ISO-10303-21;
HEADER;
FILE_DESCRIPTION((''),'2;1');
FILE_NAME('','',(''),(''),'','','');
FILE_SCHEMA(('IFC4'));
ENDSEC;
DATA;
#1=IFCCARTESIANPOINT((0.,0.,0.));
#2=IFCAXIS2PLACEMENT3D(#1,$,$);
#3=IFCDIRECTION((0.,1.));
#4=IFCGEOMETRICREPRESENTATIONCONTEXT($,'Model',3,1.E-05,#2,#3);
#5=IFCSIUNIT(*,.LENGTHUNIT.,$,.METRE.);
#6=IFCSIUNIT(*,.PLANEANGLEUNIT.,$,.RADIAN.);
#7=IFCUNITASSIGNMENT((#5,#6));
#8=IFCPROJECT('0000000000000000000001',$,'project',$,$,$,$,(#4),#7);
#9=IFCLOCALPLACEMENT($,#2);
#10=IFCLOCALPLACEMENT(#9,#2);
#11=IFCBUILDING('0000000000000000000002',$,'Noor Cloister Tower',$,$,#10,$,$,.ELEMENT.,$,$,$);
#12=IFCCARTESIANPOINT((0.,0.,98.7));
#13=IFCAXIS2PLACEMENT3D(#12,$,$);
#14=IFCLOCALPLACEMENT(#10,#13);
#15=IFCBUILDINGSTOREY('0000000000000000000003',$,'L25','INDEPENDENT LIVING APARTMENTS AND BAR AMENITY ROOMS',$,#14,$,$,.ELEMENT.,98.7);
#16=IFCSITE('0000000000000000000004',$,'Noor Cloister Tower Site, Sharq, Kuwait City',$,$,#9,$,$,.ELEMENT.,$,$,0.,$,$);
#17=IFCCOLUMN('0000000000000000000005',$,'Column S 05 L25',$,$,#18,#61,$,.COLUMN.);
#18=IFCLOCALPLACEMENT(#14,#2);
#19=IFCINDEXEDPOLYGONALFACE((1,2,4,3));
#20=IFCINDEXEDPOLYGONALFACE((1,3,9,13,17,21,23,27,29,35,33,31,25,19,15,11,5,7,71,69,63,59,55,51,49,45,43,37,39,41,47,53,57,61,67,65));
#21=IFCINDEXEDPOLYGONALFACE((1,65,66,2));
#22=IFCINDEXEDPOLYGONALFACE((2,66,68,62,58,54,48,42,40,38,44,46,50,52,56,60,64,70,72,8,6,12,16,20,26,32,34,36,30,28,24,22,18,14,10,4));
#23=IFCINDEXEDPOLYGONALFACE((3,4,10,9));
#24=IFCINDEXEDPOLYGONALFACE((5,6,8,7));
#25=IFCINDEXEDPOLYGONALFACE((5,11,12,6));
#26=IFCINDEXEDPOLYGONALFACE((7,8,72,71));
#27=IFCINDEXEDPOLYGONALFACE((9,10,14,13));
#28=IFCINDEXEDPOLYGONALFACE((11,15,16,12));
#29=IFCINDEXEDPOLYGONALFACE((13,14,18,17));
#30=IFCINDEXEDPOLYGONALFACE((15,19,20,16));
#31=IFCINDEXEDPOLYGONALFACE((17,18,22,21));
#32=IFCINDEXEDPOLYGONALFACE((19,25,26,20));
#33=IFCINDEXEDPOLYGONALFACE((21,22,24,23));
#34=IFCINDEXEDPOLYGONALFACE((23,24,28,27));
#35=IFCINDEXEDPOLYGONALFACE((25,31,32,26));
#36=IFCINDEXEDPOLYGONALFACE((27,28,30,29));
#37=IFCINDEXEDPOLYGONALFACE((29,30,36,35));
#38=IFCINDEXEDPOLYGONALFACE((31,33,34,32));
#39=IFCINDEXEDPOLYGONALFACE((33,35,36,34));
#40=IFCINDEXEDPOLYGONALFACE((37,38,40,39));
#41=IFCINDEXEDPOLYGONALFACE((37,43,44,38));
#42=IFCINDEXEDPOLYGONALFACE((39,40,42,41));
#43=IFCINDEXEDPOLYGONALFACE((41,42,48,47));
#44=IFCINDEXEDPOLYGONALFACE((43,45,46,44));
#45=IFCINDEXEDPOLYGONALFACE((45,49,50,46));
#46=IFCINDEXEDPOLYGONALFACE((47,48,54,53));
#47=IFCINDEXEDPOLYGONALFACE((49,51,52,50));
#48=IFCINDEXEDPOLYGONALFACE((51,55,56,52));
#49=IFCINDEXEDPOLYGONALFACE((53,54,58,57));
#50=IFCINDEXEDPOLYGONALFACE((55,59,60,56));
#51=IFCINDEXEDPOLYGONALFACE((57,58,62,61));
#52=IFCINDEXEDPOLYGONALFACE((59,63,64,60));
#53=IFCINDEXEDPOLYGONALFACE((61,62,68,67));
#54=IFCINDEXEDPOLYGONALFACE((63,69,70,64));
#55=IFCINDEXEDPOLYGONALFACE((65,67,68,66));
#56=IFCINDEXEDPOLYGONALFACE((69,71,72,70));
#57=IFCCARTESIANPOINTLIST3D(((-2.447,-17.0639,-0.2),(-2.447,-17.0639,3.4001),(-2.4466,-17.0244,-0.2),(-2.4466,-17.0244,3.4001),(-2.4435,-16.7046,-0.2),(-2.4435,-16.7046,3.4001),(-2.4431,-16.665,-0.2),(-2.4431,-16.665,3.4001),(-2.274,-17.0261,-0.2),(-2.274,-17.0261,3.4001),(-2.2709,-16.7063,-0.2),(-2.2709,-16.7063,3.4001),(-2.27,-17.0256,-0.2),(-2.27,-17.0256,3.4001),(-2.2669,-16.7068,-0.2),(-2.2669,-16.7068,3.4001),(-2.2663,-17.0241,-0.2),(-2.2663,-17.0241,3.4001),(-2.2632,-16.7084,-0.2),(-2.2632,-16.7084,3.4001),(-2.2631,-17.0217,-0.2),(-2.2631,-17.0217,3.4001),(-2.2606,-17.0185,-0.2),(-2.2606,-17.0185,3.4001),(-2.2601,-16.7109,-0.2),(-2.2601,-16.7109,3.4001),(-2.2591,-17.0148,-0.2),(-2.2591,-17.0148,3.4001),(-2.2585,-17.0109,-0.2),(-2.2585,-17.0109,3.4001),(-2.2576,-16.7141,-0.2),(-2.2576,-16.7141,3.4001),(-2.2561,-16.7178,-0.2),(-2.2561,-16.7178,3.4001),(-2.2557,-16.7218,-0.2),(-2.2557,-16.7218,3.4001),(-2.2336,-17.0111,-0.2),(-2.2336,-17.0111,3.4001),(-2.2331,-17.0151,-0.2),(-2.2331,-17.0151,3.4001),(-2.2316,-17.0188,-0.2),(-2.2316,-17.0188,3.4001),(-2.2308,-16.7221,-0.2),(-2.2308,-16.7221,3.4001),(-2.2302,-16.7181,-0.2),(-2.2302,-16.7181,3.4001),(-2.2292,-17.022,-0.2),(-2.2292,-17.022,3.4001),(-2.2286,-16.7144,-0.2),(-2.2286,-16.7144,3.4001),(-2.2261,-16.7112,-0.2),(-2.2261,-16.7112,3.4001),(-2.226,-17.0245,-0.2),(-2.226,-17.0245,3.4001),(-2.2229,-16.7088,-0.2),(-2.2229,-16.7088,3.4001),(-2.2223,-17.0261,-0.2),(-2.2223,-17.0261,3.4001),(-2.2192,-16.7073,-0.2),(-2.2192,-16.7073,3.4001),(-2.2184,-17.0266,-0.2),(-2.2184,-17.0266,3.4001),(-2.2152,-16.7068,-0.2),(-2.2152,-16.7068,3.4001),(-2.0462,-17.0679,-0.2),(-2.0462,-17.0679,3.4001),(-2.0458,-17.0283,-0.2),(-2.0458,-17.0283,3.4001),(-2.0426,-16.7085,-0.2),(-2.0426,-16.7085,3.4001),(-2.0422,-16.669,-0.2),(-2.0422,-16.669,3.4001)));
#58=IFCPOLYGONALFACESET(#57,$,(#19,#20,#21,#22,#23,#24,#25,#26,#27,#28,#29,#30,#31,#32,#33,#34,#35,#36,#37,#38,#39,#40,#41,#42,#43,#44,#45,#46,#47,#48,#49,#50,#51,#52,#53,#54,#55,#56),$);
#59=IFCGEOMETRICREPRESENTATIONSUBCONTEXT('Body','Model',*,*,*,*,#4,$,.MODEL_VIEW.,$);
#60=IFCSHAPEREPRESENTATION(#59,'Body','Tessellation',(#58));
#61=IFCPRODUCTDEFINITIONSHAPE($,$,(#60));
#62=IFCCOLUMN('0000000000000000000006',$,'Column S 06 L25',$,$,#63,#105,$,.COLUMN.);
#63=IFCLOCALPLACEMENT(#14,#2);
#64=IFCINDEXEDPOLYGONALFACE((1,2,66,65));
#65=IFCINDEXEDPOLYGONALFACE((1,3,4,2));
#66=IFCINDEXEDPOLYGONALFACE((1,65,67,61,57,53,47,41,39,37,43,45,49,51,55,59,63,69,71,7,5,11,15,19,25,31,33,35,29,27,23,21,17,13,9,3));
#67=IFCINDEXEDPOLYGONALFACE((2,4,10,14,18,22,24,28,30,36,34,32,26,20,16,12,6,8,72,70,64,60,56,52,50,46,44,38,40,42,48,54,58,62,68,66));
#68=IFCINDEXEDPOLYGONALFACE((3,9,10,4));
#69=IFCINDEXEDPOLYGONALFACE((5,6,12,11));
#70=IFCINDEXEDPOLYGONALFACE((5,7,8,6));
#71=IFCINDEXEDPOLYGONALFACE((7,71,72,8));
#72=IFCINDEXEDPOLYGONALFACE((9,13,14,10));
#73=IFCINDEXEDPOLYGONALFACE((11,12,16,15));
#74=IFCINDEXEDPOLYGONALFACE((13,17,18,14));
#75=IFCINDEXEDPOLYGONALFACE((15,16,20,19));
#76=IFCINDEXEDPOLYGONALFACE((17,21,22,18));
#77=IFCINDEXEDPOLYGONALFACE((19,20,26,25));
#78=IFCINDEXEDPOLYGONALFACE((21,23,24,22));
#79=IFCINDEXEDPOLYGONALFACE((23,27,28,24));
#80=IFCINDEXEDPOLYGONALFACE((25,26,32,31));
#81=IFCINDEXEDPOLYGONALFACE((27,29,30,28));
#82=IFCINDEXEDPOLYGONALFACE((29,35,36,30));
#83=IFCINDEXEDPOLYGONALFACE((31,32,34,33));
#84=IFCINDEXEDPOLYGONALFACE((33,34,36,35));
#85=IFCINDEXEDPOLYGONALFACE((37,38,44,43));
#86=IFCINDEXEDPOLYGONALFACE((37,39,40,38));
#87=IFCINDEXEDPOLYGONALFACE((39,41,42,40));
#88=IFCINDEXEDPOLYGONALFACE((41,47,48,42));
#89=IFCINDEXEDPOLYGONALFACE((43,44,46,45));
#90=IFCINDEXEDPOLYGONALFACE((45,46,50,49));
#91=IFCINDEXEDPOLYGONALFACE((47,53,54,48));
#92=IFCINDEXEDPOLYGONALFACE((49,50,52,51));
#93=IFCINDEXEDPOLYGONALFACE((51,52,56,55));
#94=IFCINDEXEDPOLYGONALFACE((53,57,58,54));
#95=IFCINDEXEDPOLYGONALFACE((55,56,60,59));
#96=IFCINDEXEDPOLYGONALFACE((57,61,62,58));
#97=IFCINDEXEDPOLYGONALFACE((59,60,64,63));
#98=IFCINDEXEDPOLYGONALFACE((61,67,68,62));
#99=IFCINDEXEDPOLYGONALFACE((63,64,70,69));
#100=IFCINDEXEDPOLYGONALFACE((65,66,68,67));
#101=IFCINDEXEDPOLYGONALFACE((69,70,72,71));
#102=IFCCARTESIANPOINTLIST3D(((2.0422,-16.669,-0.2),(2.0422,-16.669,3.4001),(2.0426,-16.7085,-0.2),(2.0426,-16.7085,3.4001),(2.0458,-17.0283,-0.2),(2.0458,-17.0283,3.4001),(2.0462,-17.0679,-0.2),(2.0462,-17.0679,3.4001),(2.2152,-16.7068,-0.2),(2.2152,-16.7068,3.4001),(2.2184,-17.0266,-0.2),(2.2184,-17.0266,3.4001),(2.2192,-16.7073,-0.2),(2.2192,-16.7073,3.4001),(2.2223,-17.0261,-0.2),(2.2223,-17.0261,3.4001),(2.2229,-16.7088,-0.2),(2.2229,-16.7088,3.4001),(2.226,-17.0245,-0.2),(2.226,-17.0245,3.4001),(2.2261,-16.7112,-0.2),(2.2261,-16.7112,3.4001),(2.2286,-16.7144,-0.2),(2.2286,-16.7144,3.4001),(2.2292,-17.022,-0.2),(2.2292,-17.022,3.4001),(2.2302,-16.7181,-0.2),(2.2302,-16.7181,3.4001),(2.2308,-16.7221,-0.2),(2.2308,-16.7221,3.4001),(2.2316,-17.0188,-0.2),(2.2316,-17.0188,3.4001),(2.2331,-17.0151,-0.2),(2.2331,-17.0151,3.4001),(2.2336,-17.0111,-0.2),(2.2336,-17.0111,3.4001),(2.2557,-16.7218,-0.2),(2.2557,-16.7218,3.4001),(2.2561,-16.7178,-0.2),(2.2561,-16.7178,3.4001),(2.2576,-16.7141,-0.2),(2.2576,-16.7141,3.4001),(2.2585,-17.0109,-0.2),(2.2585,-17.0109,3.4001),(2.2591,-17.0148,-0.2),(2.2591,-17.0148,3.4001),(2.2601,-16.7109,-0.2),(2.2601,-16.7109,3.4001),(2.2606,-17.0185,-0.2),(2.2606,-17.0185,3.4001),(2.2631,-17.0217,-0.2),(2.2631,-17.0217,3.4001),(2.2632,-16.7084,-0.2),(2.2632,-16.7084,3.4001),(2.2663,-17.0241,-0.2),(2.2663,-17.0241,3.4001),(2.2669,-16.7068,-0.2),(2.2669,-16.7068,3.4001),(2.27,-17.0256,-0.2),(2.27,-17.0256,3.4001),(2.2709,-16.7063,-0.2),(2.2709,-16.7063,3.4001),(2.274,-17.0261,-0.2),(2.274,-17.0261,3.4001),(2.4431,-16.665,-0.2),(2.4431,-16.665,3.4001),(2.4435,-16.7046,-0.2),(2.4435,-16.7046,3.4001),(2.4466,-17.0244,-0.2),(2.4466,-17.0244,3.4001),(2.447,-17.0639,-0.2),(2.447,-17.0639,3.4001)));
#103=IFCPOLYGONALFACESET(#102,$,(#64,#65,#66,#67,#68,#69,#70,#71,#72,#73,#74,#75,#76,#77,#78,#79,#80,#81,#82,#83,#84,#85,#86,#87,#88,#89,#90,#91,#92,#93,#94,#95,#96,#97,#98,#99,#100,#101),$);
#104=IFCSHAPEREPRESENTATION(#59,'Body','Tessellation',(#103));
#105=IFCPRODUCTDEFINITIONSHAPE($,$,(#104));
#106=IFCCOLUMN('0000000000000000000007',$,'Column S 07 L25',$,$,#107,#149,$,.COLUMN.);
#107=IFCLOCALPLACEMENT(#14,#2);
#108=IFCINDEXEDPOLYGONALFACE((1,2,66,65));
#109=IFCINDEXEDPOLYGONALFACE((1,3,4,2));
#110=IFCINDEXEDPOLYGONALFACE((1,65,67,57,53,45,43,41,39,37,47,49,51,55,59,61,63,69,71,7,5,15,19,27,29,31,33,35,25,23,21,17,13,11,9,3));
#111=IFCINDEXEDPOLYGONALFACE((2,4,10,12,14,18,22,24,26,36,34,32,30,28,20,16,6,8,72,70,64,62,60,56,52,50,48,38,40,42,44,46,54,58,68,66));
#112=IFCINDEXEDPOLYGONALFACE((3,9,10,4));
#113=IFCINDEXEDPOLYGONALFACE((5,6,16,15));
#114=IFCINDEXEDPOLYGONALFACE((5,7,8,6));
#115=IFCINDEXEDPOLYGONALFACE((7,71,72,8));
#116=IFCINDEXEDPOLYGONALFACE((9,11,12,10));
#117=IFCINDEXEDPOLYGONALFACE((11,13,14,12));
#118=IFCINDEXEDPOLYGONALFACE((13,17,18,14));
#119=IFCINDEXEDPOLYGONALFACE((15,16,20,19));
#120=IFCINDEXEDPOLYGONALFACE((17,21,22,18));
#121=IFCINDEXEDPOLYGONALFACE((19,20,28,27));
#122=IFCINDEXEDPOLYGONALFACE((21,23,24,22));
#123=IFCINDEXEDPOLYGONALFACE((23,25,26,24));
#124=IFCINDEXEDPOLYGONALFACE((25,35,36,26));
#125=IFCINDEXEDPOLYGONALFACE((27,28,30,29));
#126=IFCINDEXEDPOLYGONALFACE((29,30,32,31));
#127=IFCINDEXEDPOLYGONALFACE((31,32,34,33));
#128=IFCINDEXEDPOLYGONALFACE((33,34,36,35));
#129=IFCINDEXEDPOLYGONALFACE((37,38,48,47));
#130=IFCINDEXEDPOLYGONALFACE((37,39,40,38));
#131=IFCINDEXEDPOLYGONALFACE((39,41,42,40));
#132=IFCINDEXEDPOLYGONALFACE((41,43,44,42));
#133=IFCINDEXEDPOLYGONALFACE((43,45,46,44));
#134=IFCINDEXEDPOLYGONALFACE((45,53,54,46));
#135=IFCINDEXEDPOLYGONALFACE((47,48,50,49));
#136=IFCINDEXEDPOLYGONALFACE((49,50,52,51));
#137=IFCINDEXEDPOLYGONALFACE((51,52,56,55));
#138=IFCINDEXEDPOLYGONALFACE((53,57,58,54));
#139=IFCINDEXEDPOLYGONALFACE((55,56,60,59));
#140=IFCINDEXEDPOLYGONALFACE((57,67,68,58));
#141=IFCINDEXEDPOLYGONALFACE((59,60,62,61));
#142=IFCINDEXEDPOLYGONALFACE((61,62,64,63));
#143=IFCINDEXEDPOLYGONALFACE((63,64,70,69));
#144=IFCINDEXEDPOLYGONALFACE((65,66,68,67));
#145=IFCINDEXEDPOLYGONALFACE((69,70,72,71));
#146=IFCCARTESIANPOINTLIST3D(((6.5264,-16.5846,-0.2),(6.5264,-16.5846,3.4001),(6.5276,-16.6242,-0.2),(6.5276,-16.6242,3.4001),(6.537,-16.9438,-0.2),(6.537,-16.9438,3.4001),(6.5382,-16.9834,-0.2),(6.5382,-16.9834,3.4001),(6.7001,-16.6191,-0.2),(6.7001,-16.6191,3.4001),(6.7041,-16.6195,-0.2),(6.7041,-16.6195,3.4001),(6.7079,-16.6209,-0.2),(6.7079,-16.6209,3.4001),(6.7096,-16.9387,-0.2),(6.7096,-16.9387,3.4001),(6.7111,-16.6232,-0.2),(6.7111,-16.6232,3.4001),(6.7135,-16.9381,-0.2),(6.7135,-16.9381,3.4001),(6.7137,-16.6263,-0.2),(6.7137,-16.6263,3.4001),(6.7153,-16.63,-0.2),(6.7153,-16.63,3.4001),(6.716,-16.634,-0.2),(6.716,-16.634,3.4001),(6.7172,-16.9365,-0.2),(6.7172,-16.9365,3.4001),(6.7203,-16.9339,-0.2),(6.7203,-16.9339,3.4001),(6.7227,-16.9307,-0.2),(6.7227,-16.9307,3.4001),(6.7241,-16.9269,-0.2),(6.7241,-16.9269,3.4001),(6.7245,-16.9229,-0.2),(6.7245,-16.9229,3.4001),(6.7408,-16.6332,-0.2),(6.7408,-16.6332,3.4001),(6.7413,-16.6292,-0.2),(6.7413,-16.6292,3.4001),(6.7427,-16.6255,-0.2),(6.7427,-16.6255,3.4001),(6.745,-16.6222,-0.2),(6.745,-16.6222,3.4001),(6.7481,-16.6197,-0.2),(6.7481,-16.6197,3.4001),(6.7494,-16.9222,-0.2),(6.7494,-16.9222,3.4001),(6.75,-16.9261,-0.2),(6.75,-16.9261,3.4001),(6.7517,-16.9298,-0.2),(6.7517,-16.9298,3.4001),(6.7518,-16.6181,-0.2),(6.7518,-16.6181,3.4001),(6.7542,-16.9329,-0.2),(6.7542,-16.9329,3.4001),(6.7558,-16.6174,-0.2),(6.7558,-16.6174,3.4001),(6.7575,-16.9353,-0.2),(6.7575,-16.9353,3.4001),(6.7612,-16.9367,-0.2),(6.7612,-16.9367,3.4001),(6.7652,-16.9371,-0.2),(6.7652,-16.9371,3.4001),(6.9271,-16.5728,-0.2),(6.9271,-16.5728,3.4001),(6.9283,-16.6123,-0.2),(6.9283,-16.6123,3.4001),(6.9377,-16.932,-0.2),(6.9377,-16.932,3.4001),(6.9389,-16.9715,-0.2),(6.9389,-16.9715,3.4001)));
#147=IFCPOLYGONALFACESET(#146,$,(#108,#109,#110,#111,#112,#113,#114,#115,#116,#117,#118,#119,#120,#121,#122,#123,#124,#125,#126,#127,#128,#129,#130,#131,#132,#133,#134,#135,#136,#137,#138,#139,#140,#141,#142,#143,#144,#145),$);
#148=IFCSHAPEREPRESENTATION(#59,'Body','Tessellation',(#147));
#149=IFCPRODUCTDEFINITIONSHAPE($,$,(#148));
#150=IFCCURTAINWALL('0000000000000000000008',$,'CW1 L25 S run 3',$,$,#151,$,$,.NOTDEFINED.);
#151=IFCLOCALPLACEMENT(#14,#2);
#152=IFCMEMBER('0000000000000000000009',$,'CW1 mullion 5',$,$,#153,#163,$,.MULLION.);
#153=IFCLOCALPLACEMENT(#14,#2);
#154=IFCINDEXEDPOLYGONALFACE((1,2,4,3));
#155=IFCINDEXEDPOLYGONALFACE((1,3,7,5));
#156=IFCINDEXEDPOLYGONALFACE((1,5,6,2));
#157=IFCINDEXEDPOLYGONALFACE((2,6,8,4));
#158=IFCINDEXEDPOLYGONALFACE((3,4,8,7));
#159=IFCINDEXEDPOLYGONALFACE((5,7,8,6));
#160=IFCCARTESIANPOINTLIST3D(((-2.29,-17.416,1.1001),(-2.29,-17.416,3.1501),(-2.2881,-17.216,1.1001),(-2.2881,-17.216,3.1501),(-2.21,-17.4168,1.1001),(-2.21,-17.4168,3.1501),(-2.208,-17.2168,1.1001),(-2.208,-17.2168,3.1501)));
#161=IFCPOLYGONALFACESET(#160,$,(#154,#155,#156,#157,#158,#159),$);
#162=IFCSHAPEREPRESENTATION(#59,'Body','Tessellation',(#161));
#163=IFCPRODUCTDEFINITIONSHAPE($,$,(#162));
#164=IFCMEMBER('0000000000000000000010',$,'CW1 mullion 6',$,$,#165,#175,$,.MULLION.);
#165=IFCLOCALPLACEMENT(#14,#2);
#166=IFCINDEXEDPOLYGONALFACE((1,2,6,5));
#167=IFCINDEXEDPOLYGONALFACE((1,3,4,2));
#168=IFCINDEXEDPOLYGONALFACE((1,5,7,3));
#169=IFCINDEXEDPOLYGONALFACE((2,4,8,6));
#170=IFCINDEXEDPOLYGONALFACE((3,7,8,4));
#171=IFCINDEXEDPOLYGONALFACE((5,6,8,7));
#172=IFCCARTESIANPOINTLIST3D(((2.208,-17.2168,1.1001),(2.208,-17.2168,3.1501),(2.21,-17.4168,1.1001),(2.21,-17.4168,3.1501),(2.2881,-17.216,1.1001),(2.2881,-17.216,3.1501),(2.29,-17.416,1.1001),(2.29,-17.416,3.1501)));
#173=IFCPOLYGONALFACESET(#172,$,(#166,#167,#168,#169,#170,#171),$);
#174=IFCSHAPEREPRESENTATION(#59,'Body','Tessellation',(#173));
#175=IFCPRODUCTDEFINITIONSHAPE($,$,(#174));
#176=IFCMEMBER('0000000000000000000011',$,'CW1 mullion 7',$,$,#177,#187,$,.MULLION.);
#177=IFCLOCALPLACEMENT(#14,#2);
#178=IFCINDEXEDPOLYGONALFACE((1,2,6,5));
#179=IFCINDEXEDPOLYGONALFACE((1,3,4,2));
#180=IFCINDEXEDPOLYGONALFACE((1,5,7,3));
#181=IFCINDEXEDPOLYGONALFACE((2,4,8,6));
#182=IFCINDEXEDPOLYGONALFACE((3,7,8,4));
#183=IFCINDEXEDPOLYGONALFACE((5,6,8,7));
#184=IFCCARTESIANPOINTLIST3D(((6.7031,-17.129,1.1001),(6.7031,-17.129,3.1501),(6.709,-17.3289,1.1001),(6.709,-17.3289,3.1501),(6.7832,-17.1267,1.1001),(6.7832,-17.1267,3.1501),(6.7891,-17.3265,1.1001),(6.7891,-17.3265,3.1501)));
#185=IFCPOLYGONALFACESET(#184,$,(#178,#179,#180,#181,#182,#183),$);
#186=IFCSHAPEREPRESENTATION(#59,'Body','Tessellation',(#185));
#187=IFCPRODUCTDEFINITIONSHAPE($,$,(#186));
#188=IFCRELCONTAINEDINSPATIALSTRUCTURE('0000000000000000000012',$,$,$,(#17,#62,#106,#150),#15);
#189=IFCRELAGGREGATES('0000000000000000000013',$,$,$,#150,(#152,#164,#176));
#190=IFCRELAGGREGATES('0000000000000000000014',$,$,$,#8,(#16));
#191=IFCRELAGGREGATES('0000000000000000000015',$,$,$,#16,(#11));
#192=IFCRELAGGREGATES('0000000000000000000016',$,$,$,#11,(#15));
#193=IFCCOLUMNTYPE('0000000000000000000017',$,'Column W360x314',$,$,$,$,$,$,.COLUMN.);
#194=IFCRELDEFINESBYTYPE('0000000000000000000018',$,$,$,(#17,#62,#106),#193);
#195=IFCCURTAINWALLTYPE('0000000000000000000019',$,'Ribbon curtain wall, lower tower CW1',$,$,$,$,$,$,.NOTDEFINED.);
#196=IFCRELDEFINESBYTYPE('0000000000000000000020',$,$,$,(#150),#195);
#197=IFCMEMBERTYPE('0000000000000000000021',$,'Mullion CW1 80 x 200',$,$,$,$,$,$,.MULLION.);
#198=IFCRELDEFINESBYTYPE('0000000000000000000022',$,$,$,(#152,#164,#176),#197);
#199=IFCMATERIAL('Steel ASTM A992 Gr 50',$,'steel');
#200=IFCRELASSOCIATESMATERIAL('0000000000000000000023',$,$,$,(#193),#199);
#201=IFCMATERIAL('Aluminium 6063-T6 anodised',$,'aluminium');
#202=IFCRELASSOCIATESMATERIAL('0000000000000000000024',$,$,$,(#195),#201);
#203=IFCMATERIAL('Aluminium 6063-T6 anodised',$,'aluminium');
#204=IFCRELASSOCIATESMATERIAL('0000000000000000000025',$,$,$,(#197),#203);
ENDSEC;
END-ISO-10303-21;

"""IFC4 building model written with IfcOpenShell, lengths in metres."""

from ifc_helpers import new_model, si_unit, direction, frame, origin, origin_2d, place, context, subcontext, project, spatial, rectangle, i_section, extrude, material, material_profile, profile_set, type_object, element, aggregate, save


model = new_model("IFC4")

# Units and contexts
model_context = context("Model", 3, precision=1e-05, world=origin(), true_north=direction((0.0, 1.0)))
body_context = subcontext(model_context, "Body", "Model", "MODEL_VIEW")
ifc_project = project(units=[si_unit("LENGTHUNIT", "METRE"), si_unit("PLANEANGLEUNIT", "RADIAN")], contexts=[model_context])

# Site, building, storey
site_placement = place(None, origin())
site = spatial("IfcSite", under=ifc_project, at=site_placement, Name="Noor Cloister Tower Site, Sharq, Kuwait City", CompositionType="ELEMENT", RefElevation=0.0)
building_placement = place(site_placement, origin())
building = spatial("IfcBuilding", under=site, at=building_placement, Name="Noor Cloister Tower", CompositionType="ELEMENT")
storey_placement = place(building_placement, frame((0.0, 0.0, 98.7)))
storey = spatial("IfcBuildingStorey", under=building, at=storey_placement, Name="L25", Description="INDEPENDENT LIVING APARTMENTS AND BAR AMENITY ROOMS", CompositionType="ELEMENT", Elevation=98.7)

# Columns
ifc_material_1 = material(Name="Steel ASTM A992 Gr 50", Category="steel")
ifc_material_profile_1 = material_profile(ifc_material_1, i_section(OverallWidth=0.4009, OverallDepth=0.3989, WebThickness=0.0249, FlangeThickness=0.0396, FilletRadius=0.0154, at=origin_2d()), Name="W360x314")
ifc_profile_set_1 = profile_set([ifc_material_profile_1], Name="Steel ASTM A992 Gr 50")
column_type = type_object("IfcColumnType", Name="Column W360x314", PredefinedType="COLUMN", material=ifc_profile_set_1)
for number, where, z_axis, x_axis, name in (
    (1, (-2.2446, -16.8665, -0.2), (0.0, 0.0, 1.0), (0.999952, -0.009841, 0.0), "Column S 05 L25"),
    (2, (2.2446, -16.8665, -0.2), (0.0, 0.0, 1.0), (0.999952, 0.009841, 0.0), "Column S 06 L25"),
    (3, (6.7327, -16.7781, -0.2), (0.0, 0.0, 1.0), (0.999564, 0.029521, 0.0), "Column S 07 L25"),
):
    element("IfcColumn", number, at=place(storey_placement, frame(where, z_axis=z_axis, x_axis=x_axis)), inside=storey, type_object=column_type, Name=name, PredefinedType="COLUMN", context=body_context, shape_type="SweptSolid", body=[
        extrude(i_section(OverallWidth=0.4009, OverallDepth=0.3989, WebThickness=0.0249, FlangeThickness=0.0396, FilletRadius=0.0154, at=origin_2d()), origin(), (0.0, 0.0, 1.0), 3.6001),
    ])

# Curtain wall, members
ifc_material_2 = material(Name="Aluminium 6063-T6 anodised", Category="aluminium")
curtain_wall_type = type_object("IfcCurtainWallType", Name="Ribbon curtain wall, lower tower CW1", PredefinedType="NOTDEFINED", material=ifc_material_2)
curtain_wall_placement = place(storey_placement, origin())
curtain_wall = element("IfcCurtainWall", 4, at=curtain_wall_placement, inside=storey, type_object=curtain_wall_type, Name="CW1 L25 S run 3", PredefinedType="NOTDEFINED")
ifc_material_3 = material(Name="Aluminium 6063-T6 anodised", Category="aluminium")
ifc_material_profile_2 = material_profile(ifc_material_3, rectangle(XDim=0.2, YDim=0.0801, at=origin_2d()), Name="200 x 80 mullion")
ifc_profile_set_2 = profile_set([ifc_material_profile_2], Name="Aluminium 6063-T6 anodised")
member_type = type_object("IfcMemberType", Name="Mullion CW1 80 x 200", PredefinedType="MULLION", material=ifc_profile_set_2)
member_1_placement = place(storey_placement, frame((-2.249, -17.3164, 1.1001), z_axis=(0.0, 0.0, 1.0), x_axis=(0.009841, 0.999952, 0.0)))
member_1 = element("IfcMember", 5, at=member_1_placement, type_object=member_type, Name="CW1 mullion 5", PredefinedType="MULLION", context=body_context, shape_type="SweptSolid", body=[
    extrude(rectangle(XDim=0.2, YDim=0.0801, at=origin_2d()), origin(), (0.0, 0.0, 1.0), 2.05),
])
member_2_placement = place(storey_placement, frame((2.249, -17.3164, 1.1001), z_axis=(0.0, 0.0, 1.0), x_axis=(-0.009841, 0.999952, 0.0)))
member_2 = element("IfcMember", 6, at=member_2_placement, type_object=member_type, Name="CW1 mullion 6", PredefinedType="MULLION", context=body_context, shape_type="SweptSolid", body=[
    extrude(rectangle(XDim=0.2, YDim=0.0801, at=origin_2d()), origin(), (0.0, 0.0, 1.0), 2.05),
])
member_3_placement = place(storey_placement, frame((6.7461, -17.2278, 1.1001), z_axis=(0.0, 0.0, 1.0), x_axis=(-0.029521, 0.999564, 0.0)))
member_3 = element("IfcMember", 7, at=member_3_placement, type_object=member_type, Name="CW1 mullion 7", PredefinedType="MULLION", context=body_context, shape_type="SweptSolid", body=[
    extrude(rectangle(XDim=0.2, YDim=0.0801, at=origin_2d()), origin(), (0.0, 0.0, 1.0), 2.05),
])

aggregate(curtain_wall, [member_1, member_2, member_3])

save(model, "model.ifc")
